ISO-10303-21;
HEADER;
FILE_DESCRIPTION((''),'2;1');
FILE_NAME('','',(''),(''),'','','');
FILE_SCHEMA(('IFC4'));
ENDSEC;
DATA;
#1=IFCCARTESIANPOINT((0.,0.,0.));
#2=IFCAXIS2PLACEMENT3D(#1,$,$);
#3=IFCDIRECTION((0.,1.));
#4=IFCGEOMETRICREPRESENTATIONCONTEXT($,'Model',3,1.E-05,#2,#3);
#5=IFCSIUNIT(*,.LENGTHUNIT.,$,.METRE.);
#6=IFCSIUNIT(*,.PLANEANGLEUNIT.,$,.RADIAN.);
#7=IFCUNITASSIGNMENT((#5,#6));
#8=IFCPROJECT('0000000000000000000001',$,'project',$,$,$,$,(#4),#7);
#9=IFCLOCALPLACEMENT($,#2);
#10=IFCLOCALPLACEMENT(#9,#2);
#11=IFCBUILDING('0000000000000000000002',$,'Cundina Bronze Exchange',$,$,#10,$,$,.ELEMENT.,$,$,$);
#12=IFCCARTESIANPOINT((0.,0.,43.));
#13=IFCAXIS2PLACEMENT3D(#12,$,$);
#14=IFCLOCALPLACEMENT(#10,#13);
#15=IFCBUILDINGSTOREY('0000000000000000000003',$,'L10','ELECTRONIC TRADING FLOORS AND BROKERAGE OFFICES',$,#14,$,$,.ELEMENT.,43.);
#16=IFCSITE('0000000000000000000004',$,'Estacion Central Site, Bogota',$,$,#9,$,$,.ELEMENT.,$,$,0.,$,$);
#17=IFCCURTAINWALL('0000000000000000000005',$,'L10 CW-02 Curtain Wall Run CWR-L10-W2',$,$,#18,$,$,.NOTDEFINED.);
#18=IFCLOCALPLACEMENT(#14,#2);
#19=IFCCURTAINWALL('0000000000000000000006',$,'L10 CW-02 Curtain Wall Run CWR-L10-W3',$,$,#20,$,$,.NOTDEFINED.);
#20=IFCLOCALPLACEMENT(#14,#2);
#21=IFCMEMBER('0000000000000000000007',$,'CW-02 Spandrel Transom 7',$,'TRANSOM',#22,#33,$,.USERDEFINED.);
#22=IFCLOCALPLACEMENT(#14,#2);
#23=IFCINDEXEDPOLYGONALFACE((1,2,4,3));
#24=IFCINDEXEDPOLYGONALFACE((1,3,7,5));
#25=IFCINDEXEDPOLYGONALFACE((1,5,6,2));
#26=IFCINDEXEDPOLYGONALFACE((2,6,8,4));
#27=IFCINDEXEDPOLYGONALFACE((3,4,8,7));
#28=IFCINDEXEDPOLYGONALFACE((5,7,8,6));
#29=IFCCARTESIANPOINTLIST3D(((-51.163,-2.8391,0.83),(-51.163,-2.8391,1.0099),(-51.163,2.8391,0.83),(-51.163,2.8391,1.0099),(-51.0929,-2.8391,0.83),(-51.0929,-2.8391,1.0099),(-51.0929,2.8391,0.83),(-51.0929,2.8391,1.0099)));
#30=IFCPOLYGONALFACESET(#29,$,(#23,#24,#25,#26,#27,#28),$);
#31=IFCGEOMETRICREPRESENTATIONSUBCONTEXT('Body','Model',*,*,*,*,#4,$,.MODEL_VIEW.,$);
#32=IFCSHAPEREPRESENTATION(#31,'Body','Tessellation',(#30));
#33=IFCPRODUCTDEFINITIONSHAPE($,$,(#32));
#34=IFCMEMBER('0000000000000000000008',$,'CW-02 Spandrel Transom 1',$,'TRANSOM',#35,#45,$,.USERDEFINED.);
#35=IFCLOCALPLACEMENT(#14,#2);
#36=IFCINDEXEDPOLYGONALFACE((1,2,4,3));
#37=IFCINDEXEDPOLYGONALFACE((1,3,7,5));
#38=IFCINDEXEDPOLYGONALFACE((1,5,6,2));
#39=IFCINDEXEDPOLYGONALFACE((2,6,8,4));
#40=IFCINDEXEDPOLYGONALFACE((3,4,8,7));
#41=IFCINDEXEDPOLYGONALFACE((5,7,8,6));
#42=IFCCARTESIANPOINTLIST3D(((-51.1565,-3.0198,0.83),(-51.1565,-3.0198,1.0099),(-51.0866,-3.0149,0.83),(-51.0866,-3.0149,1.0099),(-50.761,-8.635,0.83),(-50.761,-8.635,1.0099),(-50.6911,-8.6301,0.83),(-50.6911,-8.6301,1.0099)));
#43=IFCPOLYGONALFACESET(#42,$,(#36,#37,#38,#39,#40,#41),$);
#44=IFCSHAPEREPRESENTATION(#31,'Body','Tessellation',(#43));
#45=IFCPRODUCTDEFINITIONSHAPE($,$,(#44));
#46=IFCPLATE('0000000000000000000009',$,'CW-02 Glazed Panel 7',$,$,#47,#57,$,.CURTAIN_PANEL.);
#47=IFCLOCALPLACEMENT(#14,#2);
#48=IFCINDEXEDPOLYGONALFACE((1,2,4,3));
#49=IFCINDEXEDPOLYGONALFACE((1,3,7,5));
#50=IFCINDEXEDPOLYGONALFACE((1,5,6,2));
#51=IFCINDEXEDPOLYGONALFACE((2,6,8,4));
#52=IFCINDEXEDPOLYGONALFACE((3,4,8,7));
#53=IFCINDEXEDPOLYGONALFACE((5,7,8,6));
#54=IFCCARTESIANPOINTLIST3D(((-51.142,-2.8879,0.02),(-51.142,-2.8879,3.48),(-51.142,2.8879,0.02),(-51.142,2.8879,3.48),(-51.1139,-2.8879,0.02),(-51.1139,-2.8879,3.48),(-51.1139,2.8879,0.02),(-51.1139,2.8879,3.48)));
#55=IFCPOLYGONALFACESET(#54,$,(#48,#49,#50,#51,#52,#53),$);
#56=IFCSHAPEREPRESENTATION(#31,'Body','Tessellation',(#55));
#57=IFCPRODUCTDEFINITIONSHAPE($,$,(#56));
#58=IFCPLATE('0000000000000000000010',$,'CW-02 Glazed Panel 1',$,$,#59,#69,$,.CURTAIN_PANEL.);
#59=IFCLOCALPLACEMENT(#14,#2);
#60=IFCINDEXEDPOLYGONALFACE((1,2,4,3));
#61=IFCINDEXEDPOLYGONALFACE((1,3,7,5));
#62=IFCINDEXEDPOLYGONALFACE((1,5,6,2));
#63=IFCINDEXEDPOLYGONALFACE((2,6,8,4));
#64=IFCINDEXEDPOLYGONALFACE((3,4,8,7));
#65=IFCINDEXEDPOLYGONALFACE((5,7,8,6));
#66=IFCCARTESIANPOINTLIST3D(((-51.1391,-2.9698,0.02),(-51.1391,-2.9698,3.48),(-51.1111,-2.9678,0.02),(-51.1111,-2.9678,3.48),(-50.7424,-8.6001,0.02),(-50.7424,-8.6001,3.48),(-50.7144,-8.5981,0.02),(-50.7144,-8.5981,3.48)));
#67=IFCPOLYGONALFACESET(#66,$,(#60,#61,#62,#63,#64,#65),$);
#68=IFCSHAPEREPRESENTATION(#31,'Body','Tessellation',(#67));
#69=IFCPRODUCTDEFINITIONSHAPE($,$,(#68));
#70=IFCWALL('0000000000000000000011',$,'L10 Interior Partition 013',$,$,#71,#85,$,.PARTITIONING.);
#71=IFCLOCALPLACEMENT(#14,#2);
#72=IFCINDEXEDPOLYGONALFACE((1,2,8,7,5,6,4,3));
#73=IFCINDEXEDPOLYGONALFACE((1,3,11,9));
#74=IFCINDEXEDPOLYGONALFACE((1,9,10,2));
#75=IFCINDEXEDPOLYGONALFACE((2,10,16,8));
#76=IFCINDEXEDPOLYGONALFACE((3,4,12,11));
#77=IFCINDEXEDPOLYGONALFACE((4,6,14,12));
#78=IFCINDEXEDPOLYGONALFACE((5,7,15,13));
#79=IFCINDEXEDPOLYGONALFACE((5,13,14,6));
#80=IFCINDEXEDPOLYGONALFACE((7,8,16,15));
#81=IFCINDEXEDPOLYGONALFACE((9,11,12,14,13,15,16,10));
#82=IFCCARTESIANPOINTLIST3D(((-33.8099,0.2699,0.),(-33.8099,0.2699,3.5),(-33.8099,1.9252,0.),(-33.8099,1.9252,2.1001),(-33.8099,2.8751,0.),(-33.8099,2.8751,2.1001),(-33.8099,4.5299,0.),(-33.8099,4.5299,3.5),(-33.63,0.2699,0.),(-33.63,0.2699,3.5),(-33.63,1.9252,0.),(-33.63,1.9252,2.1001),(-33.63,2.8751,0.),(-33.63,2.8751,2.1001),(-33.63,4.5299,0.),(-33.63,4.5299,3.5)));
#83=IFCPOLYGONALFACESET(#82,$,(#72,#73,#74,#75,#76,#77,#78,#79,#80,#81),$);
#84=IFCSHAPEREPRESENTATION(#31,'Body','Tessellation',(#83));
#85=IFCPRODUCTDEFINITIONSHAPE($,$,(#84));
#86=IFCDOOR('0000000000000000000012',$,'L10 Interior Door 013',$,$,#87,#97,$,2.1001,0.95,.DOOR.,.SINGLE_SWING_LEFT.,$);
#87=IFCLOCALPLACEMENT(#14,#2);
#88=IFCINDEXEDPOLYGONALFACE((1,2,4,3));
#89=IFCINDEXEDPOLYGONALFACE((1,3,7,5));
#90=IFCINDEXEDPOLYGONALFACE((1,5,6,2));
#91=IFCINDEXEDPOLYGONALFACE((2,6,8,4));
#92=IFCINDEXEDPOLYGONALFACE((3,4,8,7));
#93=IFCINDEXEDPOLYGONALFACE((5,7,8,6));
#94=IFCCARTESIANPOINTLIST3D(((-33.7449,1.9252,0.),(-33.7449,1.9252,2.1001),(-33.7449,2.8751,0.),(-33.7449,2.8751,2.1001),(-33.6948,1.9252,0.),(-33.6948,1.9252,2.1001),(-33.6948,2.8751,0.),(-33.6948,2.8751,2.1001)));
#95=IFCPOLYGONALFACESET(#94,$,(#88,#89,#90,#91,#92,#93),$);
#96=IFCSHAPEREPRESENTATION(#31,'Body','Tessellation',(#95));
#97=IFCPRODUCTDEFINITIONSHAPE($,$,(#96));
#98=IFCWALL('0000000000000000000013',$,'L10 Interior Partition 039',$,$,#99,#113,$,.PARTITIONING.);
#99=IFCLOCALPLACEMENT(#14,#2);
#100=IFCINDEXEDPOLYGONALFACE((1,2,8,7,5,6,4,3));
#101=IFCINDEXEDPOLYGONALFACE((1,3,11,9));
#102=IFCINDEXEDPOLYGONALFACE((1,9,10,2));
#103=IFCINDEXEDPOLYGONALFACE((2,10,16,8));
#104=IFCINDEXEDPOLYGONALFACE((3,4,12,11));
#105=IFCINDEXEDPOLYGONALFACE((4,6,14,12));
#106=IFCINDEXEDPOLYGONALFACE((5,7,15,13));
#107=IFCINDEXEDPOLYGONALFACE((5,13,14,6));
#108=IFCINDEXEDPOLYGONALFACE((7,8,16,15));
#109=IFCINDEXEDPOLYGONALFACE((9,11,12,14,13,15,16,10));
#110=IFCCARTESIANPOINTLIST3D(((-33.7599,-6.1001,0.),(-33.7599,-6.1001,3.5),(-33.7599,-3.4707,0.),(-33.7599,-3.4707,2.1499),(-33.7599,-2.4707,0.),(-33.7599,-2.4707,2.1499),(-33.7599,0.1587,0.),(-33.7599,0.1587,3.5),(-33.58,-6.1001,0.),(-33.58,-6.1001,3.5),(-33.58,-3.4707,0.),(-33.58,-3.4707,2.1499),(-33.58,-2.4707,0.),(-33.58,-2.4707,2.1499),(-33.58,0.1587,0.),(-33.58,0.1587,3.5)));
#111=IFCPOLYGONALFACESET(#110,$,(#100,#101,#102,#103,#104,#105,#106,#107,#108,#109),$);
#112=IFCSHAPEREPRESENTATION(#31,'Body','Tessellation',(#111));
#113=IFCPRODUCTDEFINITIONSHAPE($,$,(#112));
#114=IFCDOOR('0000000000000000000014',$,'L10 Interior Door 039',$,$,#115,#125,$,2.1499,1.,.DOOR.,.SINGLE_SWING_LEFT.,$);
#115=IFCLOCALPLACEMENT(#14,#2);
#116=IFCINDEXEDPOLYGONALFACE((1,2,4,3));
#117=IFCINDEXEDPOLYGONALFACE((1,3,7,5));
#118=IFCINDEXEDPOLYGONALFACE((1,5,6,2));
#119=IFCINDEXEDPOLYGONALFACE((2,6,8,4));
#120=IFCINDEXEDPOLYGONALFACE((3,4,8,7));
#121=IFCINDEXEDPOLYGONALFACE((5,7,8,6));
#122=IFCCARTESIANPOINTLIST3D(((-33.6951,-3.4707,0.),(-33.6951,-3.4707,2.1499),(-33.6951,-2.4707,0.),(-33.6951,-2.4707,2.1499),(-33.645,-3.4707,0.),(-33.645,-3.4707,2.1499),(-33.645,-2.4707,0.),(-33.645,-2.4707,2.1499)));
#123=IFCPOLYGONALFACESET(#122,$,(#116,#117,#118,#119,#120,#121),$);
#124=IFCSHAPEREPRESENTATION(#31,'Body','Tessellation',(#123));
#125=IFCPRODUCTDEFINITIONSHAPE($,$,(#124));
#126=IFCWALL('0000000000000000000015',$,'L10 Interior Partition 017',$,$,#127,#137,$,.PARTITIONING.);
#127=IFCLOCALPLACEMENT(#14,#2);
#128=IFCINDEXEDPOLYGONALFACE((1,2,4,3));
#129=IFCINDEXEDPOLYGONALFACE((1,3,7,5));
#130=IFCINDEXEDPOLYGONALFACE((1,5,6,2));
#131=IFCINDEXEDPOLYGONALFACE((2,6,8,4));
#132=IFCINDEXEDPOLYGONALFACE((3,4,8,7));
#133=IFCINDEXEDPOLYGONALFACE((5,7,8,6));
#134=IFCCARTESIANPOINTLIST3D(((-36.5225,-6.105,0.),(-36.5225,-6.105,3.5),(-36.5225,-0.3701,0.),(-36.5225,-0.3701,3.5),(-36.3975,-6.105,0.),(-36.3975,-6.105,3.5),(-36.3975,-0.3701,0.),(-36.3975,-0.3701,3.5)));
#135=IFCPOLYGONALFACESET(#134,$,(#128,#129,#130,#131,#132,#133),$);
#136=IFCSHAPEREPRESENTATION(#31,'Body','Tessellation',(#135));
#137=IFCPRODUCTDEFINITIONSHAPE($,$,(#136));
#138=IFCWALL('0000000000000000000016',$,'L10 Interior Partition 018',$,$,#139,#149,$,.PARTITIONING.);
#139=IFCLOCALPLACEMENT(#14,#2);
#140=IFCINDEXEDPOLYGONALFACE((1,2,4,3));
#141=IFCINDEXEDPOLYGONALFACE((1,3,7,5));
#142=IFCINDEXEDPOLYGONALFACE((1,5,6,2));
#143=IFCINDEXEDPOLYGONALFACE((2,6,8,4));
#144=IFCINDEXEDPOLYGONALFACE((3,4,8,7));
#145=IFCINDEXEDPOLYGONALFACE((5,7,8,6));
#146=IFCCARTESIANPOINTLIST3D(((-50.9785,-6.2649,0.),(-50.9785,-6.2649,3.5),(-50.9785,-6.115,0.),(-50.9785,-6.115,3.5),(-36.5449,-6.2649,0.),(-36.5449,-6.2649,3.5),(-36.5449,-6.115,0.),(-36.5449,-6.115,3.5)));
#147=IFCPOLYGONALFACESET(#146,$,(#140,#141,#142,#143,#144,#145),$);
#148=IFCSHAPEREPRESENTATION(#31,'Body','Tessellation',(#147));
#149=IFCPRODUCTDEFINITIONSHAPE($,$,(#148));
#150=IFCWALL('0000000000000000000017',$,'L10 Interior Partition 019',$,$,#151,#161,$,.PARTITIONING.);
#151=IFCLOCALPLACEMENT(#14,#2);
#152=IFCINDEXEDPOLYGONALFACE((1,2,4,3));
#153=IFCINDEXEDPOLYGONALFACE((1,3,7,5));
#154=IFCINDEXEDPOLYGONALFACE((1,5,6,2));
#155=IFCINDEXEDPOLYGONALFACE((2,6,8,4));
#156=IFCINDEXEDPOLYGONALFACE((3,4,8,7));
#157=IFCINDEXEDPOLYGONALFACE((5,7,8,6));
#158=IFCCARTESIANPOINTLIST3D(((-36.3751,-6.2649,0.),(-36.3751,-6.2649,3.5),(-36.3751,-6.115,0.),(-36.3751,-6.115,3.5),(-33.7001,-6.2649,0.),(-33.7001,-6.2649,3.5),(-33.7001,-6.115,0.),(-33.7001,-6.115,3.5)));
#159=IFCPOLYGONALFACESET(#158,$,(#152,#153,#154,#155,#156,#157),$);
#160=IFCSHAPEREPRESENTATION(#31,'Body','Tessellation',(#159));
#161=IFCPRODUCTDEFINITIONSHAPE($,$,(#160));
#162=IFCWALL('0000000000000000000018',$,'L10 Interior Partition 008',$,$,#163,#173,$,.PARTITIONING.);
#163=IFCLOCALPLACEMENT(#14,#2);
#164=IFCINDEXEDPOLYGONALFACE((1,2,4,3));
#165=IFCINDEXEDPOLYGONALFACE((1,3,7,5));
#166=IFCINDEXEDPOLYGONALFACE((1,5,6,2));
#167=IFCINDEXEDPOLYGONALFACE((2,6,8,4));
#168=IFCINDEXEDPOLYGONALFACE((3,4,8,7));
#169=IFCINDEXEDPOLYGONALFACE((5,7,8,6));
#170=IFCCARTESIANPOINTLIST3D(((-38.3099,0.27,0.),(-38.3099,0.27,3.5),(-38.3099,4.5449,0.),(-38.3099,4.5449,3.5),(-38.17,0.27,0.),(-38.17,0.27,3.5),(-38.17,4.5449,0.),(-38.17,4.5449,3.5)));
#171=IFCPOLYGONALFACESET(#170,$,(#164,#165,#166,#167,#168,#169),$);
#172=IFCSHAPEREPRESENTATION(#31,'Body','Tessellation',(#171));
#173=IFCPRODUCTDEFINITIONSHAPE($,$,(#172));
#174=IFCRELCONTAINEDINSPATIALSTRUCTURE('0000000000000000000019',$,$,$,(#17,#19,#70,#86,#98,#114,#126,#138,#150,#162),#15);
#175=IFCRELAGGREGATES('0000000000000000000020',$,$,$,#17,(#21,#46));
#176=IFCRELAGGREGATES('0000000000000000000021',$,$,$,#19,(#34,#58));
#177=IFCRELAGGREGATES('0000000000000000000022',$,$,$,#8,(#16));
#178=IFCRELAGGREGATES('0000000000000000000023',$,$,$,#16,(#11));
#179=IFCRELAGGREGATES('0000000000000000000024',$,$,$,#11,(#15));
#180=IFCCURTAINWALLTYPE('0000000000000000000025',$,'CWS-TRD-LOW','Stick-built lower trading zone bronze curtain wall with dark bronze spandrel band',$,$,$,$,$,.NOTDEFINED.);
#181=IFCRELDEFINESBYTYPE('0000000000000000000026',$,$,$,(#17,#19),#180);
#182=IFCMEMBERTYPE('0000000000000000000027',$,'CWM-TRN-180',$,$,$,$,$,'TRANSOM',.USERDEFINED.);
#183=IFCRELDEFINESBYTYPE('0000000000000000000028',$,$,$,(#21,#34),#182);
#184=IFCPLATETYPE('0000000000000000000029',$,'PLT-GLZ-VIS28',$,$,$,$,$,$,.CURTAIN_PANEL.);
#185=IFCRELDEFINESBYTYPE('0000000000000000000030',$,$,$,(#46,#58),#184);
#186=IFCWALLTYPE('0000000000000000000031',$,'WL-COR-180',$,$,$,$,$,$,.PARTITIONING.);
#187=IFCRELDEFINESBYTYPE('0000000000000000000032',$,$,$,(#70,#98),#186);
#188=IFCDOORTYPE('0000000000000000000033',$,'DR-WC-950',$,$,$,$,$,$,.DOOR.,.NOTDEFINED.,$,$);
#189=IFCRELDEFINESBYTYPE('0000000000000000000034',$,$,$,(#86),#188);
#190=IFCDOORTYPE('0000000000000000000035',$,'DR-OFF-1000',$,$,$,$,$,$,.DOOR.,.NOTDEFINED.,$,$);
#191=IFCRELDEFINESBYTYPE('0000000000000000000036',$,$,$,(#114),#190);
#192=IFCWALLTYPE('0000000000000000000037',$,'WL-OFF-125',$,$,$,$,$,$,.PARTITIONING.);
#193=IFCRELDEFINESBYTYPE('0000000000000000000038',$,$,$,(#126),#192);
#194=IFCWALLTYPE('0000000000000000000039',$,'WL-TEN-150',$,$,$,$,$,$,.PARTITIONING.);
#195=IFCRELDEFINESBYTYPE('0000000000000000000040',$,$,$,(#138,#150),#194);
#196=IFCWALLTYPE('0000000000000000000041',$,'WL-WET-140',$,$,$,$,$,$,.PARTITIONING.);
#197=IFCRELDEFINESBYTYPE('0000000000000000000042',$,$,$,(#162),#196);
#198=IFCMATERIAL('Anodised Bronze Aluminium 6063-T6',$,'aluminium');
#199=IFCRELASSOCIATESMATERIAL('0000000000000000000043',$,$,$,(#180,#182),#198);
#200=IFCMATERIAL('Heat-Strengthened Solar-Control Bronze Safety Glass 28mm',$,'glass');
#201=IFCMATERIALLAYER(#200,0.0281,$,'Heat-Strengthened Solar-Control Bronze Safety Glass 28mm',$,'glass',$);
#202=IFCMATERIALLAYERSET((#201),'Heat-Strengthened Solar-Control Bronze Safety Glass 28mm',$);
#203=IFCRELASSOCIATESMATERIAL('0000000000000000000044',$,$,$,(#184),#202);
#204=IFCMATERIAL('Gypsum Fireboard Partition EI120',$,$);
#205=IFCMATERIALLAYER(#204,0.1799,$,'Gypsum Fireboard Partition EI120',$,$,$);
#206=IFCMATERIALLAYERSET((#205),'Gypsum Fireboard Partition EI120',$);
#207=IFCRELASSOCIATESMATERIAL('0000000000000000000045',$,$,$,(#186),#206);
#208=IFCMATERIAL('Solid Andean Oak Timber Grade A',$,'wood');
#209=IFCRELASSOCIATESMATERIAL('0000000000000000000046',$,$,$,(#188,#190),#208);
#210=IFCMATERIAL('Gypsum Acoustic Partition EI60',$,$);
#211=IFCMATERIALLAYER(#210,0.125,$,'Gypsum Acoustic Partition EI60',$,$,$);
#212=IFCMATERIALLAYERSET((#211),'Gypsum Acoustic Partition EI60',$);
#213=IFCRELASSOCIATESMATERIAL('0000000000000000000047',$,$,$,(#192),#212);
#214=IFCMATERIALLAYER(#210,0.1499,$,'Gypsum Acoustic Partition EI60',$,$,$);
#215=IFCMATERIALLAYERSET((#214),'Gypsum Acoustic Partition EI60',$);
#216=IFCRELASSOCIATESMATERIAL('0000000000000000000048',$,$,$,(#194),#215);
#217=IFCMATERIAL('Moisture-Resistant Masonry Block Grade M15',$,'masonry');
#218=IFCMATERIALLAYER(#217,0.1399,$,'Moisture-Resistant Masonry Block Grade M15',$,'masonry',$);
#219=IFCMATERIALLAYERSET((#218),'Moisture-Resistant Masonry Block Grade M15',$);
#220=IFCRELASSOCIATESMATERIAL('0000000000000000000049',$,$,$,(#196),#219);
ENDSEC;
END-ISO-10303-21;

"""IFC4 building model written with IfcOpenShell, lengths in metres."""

from ifc_helpers import new_model, si_unit, direction, frame, frame_2d, origin, origin_2d, place, context, subcontext, project, spatial, rectangle, extrude, material, layer, layer_set, material_profile, profile_set, type_object, element, fill, aggregate, save


model = new_model("IFC4")

# Units and contexts
model_context = context("Model", 3, precision=1e-05, world=origin(), true_north=direction((0.0, 1.0)))
body_context = subcontext(model_context, "Body", "Model", "MODEL_VIEW")
ifc_project = project(units=[si_unit("LENGTHUNIT", "METRE"), si_unit("PLANEANGLEUNIT", "RADIAN")], contexts=[model_context])

# Site, building, storey
site_placement = place(None, origin())
site = spatial("IfcSite", under=ifc_project, at=site_placement, Name="Estacion Central Site, Bogota", CompositionType="ELEMENT", RefElevation=0.0)
building_placement = place(site_placement, origin())
building = spatial("IfcBuilding", under=site, at=building_placement, Name="Cundina Bronze Exchange", CompositionType="ELEMENT")
storey_placement = place(building_placement, frame((0.0, 0.0, 43.0)))
storey = spatial("IfcBuildingStorey", under=building, at=storey_placement, Name="L10", Description="ELECTRONIC TRADING FLOORS AND BROKERAGE OFFICES", CompositionType="ELEMENT", Elevation=43.0)

# Curtain walls
ifc_material_1 = material(Name="Anodised Bronze Aluminium 6063-T6", Category="aluminium")
curtain_wall_type = type_object("IfcCurtainWallType", Name="CWS-TRD-LOW", Description="Stick-built lower trading zone bronze curtain wall with dark bronze spandrel band", PredefinedType="NOTDEFINED", material=ifc_material_1)
curtain_wall_1_placement = place(storey_placement, origin())
curtain_wall_1 = element("IfcCurtainWall", 1, at=curtain_wall_1_placement, inside=storey, type_object=curtain_wall_type, Name="L10 CW-02 Curtain Wall Run CWR-L10-W2", PredefinedType="NOTDEFINED")
curtain_wall_2_placement = place(storey_placement, origin())
curtain_wall_2 = element("IfcCurtainWall", 2, at=curtain_wall_2_placement, inside=storey, type_object=curtain_wall_type, Name="L10 CW-02 Curtain Wall Run CWR-L10-W3", PredefinedType="NOTDEFINED")

# Members
ifc_material_profile_1 = material_profile(ifc_material_1, rectangle(XDim=0.0701, YDim=0.1799, at=origin_2d()), Name="AL70X180", Category="aluminium")
ifc_profile_set_1 = profile_set([ifc_material_profile_1], Name="Anodised Bronze Aluminium 6063-T6")
member_type_1 = type_object("IfcMemberType", Name="CWM-TRN-180", ElementType="TRANSOM", PredefinedType="USERDEFINED", material=ifc_profile_set_1)
member_1_placement = place(storey_placement, frame((-51.1279, 2.8391, 0.9199), z_axis=(0.0, -1.0, 0.0), x_axis=(1.0, 0.0, 0.0)))
member_1 = element("IfcMember", 3, at=member_1_placement, type_object=member_type_1, Name="CW-02 Spandrel Transom 7", ObjectType="TRANSOM", PredefinedType="USERDEFINED", context=body_context, shape_type="SweptSolid", body=[
    extrude(rectangle(XDim=0.0701, YDim=0.1799, at=origin_2d()), origin(), (0.0, 0.0, 1.0), 5.6782),
])
member_2_placement = place(storey_placement, frame((-51.1216, -3.0173, 0.9199), z_axis=(0.070261, -0.997529, 0.0), x_axis=(0.997529, 0.070261, 0.0)))
member_2 = element("IfcMember", 4, at=member_2_placement, type_object=member_type_1, Name="CW-02 Spandrel Transom 1", ObjectType="TRANSOM", PredefinedType="USERDEFINED", context=body_context, shape_type="SweptSolid", body=[
    extrude(rectangle(XDim=0.0701, YDim=0.1799, at=origin_2d()), origin(), (0.0, 0.0, 1.0), 5.6292),
])

# Plates
ifc_material_2 = material(Name="Heat-Strengthened Solar-Control Bronze Safety Glass 28mm", Category="glass")
ifc_layer_1 = layer(ifc_material_2, 0.0281, Name="Heat-Strengthened Solar-Control Bronze Safety Glass 28mm", Category="glass")
ifc_layer_set_1 = layer_set([ifc_layer_1], Name="Heat-Strengthened Solar-Control Bronze Safety Glass 28mm")
plate_type = type_object("IfcPlateType", Name="PLT-GLZ-VIS28", PredefinedType="CURTAIN_PANEL", material=ifc_layer_set_1)
plate_1_placement = place(storey_placement, frame((-51.1279, 0.0, 0.02), z_axis=(0.0, 0.0, 1.0), x_axis=(0.0, -1.0, 0.0)))
plate_1 = element("IfcPlate", 5, at=plate_1_placement, type_object=plate_type, Name="CW-02 Glazed Panel 7", PredefinedType="CURTAIN_PANEL", context=body_context, shape_type="SweptSolid", body=[
    extrude(rectangle(XDim=5.7759, YDim=0.0281, at=origin_2d()), origin(), (0.0, 0.0, 1.0), 3.46),
])
aggregate(curtain_wall_1, [member_1, plate_1])
plate_2_placement = place(storey_placement, frame((-50.9268, -5.7839, 0.02), z_axis=(0.0, 0.0, 1.0), x_axis=(0.070279, -0.997527, 0.0)))
plate_2 = element("IfcPlate", 6, at=plate_2_placement, type_object=plate_type, Name="CW-02 Glazed Panel 1", PredefinedType="CURTAIN_PANEL", context=body_context, shape_type="SweptSolid", body=[
    extrude(rectangle(XDim=5.6443, YDim=0.0281, at=origin_2d()), origin(), (0.0, 0.0, 1.0), 3.46),
])
aggregate(curtain_wall_2, [member_2, plate_2])

# Walls, openings, doors
ifc_material_3 = material(Name="Gypsum Fireboard Partition EI120")
ifc_layer_2 = layer(ifc_material_3, 0.1799, Name="Gypsum Fireboard Partition EI120")
ifc_layer_set_2 = layer_set([ifc_layer_2], Name="Gypsum Fireboard Partition EI120")
wall_type_1 = type_object("IfcWallType", Name="WL-COR-180", PredefinedType="PARTITIONING", material=ifc_layer_set_2)
wall_1_placement = place(storey_placement, frame((-33.72, 0.27, 0.0), z_axis=(0.0, 0.0, 1.0), x_axis=(0.0, 1.0, 0.0)))
wall_1 = element("IfcWall", 7, at=wall_1_placement, inside=storey, type_object=wall_type_1, Name="L10 Interior Partition 013", PredefinedType="PARTITIONING", context=body_context, shape_type="SweptSolid", body=[
    extrude(rectangle(XDim=4.26, YDim=0.1799, at=frame_2d((2.1299, 0.0))), origin(), (0.0, 0.0, 1.0), 3.5),
])
opening_1_placement = place(wall_1_placement, frame((1.655, 0.0, 0.0)))
opening_1 = element("IfcOpeningElement", 8, at=opening_1_placement, cuts=wall_1, PredefinedType="OPENING", context=body_context, shape_type="SweptSolid", body=[
    extrude(rectangle(XDim=0.95, YDim=2.1001, at=frame_2d((0.4751, 1.05))), frame((0.0, 0.0999, 0.0), z_axis=(0.0, -1.0, 0.0), x_axis=(1.0, 0.0, 0.0)), (0.0, 0.0, 1.0), 0.2),
])
ifc_material_4 = material(Name="Solid Andean Oak Timber Grade A", Category="wood")
door_type_1 = type_object("IfcDoorType", Name="DR-WC-950", OperationType="NOTDEFINED", PredefinedType="DOOR", material=ifc_material_4)
door_1_placement = place(opening_1_placement, origin())
door_1 = element("IfcDoor", 9, at=door_1_placement, inside=storey, type_object=door_type_1, Name="L10 Interior Door 013", OperationType="SINGLE_SWING_LEFT", OverallHeight=2.1001, OverallWidth=0.95, PredefinedType="DOOR", context=body_context, shape_type="SweptSolid", body=[
    extrude(rectangle(XDim=0.95, YDim=2.1001, at=frame_2d((0.4751, 1.05))), frame((0.0, 0.0249, 0.0), z_axis=(0.0, -1.0, 0.0), x_axis=(1.0, 0.0, 0.0)), (0.0, 0.0, 1.0), 0.05),
])
fill(opening_1, door_1)
door_type_2 = type_object("IfcDoorType", Name="DR-OFF-1000", OperationType="NOTDEFINED", PredefinedType="DOOR", material=ifc_material_4)
wall_2_placement = place(storey_placement, frame((-33.6699, 0.1587, 0.0), z_axis=(0.0, 0.0, 1.0), x_axis=(0.0, -1.0, 0.0)))
wall_2 = element("IfcWall", 10, at=wall_2_placement, inside=storey, type_object=wall_type_1, Name="L10 Interior Partition 039", PredefinedType="PARTITIONING", context=body_context, shape_type="SweptSolid", body=[
    extrude(rectangle(XDim=6.2588, YDim=0.1799, at=frame_2d((3.1294, 0.0))), origin(), (0.0, 0.0, 1.0), 3.5),
])
opening_2_placement = place(wall_2_placement, frame((2.6294, 0.0, 0.0)))
opening_2 = element("IfcOpeningElement", 11, at=opening_2_placement, cuts=wall_2, PredefinedType="OPENING", context=body_context, shape_type="SweptSolid", body=[
    extrude(rectangle(XDim=1.0, YDim=2.1499, at=frame_2d((0.5, 1.075))), frame((0.0, 0.0999, 0.0), z_axis=(0.0, -1.0, 0.0), x_axis=(1.0, 0.0, 0.0)), (0.0, 0.0, 1.0), 0.2),
])
door_2_placement = place(opening_2_placement, origin())
door_2 = element("IfcDoor", 12, at=door_2_placement, inside=storey, type_object=door_type_2, Name="L10 Interior Door 039", OperationType="SINGLE_SWING_LEFT", OverallHeight=2.1499, OverallWidth=1.0, PredefinedType="DOOR", context=body_context, shape_type="SweptSolid", body=[
    extrude(rectangle(XDim=1.0, YDim=2.1499, at=frame_2d((0.5, 1.075))), frame((0.0, 0.0249, 0.0), z_axis=(0.0, -1.0, 0.0), x_axis=(1.0, 0.0, 0.0)), (0.0, 0.0, 1.0), 0.05),
])
fill(opening_2, door_2)

# Walls
ifc_material_5 = material(Name="Gypsum Acoustic Partition EI60")
ifc_layer_3 = layer(ifc_material_5, 0.125, Name="Gypsum Acoustic Partition EI60")
ifc_layer_set_3 = layer_set([ifc_layer_3], Name="Gypsum Acoustic Partition EI60")
wall_type_2 = type_object("IfcWallType", Name="WL-OFF-125", PredefinedType="PARTITIONING", material=ifc_layer_set_3)
wall_3_placement = place(storey_placement, frame((-36.46, -6.105, 0.0), z_axis=(0.0, 0.0, 1.0), x_axis=(0.0, 1.0, 0.0)))
element("IfcWall", 13, at=wall_3_placement, inside=storey, type_object=wall_type_2, Name="L10 Interior Partition 017", PredefinedType="PARTITIONING", context=body_context, shape_type="SweptSolid", body=[
    extrude(rectangle(XDim=5.7349, YDim=0.125, at=frame_2d((2.8674, 0.0))), origin(), (0.0, 0.0, 1.0), 3.5),
])
ifc_layer_4 = layer(ifc_material_5, 0.1499, Name="Gypsum Acoustic Partition EI60")
ifc_layer_set_4 = layer_set([ifc_layer_4], Name="Gypsum Acoustic Partition EI60")
wall_type_3 = type_object("IfcWallType", Name="WL-TEN-150", PredefinedType="PARTITIONING", material=ifc_layer_set_4)
wall_4_placement = place(storey_placement, frame((-50.9785, -6.1899, 0.0), z_axis=(0.0, 0.0, 1.0), x_axis=(1.0, 0.0, 0.0)))
element("IfcWall", 14, at=wall_4_placement, inside=storey, type_object=wall_type_3, Name="L10 Interior Partition 018", PredefinedType="PARTITIONING", context=body_context, shape_type="SweptSolid", body=[
    extrude(rectangle(XDim=14.4336, YDim=0.1499, at=frame_2d((7.2168, 0.0))), origin(), (0.0, 0.0, 1.0), 3.5),
])
wall_5_placement = place(storey_placement, frame((-36.375, -6.1899, 0.0), z_axis=(0.0, 0.0, 1.0), x_axis=(1.0, 0.0, 0.0)))
element("IfcWall", 15, at=wall_5_placement, inside=storey, type_object=wall_type_3, Name="L10 Interior Partition 019", PredefinedType="PARTITIONING", context=body_context, shape_type="SweptSolid", body=[
    extrude(rectangle(XDim=2.675, YDim=0.1499, at=frame_2d((1.3374, 0.0))), origin(), (0.0, 0.0, 1.0), 3.5),
])
ifc_material_6 = material(Name="Moisture-Resistant Masonry Block Grade M15", Category="masonry")
ifc_layer_5 = layer(ifc_material_6, 0.1399, Name="Moisture-Resistant Masonry Block Grade M15", Category="masonry")
ifc_layer_set_5 = layer_set([ifc_layer_5], Name="Moisture-Resistant Masonry Block Grade M15")
wall_type_4 = type_object("IfcWallType", Name="WL-WET-140", PredefinedType="PARTITIONING", material=ifc_layer_set_5)
wall_6_placement = place(storey_placement, frame((-38.24, 0.27, 0.0), z_axis=(0.0, 0.0, 1.0), x_axis=(0.0, 1.0, 0.0)))
element("IfcWall", 16, at=wall_6_placement, inside=storey, type_object=wall_type_4, Name="L10 Interior Partition 008", PredefinedType="PARTITIONING", context=body_context, shape_type="SweptSolid", body=[
    extrude(rectangle(XDim=4.2749, YDim=0.1399, at=frame_2d((2.1375, 0.0))), origin(), (0.0, 0.0, 1.0), 3.5),
])

save(model, "model.ifc")
